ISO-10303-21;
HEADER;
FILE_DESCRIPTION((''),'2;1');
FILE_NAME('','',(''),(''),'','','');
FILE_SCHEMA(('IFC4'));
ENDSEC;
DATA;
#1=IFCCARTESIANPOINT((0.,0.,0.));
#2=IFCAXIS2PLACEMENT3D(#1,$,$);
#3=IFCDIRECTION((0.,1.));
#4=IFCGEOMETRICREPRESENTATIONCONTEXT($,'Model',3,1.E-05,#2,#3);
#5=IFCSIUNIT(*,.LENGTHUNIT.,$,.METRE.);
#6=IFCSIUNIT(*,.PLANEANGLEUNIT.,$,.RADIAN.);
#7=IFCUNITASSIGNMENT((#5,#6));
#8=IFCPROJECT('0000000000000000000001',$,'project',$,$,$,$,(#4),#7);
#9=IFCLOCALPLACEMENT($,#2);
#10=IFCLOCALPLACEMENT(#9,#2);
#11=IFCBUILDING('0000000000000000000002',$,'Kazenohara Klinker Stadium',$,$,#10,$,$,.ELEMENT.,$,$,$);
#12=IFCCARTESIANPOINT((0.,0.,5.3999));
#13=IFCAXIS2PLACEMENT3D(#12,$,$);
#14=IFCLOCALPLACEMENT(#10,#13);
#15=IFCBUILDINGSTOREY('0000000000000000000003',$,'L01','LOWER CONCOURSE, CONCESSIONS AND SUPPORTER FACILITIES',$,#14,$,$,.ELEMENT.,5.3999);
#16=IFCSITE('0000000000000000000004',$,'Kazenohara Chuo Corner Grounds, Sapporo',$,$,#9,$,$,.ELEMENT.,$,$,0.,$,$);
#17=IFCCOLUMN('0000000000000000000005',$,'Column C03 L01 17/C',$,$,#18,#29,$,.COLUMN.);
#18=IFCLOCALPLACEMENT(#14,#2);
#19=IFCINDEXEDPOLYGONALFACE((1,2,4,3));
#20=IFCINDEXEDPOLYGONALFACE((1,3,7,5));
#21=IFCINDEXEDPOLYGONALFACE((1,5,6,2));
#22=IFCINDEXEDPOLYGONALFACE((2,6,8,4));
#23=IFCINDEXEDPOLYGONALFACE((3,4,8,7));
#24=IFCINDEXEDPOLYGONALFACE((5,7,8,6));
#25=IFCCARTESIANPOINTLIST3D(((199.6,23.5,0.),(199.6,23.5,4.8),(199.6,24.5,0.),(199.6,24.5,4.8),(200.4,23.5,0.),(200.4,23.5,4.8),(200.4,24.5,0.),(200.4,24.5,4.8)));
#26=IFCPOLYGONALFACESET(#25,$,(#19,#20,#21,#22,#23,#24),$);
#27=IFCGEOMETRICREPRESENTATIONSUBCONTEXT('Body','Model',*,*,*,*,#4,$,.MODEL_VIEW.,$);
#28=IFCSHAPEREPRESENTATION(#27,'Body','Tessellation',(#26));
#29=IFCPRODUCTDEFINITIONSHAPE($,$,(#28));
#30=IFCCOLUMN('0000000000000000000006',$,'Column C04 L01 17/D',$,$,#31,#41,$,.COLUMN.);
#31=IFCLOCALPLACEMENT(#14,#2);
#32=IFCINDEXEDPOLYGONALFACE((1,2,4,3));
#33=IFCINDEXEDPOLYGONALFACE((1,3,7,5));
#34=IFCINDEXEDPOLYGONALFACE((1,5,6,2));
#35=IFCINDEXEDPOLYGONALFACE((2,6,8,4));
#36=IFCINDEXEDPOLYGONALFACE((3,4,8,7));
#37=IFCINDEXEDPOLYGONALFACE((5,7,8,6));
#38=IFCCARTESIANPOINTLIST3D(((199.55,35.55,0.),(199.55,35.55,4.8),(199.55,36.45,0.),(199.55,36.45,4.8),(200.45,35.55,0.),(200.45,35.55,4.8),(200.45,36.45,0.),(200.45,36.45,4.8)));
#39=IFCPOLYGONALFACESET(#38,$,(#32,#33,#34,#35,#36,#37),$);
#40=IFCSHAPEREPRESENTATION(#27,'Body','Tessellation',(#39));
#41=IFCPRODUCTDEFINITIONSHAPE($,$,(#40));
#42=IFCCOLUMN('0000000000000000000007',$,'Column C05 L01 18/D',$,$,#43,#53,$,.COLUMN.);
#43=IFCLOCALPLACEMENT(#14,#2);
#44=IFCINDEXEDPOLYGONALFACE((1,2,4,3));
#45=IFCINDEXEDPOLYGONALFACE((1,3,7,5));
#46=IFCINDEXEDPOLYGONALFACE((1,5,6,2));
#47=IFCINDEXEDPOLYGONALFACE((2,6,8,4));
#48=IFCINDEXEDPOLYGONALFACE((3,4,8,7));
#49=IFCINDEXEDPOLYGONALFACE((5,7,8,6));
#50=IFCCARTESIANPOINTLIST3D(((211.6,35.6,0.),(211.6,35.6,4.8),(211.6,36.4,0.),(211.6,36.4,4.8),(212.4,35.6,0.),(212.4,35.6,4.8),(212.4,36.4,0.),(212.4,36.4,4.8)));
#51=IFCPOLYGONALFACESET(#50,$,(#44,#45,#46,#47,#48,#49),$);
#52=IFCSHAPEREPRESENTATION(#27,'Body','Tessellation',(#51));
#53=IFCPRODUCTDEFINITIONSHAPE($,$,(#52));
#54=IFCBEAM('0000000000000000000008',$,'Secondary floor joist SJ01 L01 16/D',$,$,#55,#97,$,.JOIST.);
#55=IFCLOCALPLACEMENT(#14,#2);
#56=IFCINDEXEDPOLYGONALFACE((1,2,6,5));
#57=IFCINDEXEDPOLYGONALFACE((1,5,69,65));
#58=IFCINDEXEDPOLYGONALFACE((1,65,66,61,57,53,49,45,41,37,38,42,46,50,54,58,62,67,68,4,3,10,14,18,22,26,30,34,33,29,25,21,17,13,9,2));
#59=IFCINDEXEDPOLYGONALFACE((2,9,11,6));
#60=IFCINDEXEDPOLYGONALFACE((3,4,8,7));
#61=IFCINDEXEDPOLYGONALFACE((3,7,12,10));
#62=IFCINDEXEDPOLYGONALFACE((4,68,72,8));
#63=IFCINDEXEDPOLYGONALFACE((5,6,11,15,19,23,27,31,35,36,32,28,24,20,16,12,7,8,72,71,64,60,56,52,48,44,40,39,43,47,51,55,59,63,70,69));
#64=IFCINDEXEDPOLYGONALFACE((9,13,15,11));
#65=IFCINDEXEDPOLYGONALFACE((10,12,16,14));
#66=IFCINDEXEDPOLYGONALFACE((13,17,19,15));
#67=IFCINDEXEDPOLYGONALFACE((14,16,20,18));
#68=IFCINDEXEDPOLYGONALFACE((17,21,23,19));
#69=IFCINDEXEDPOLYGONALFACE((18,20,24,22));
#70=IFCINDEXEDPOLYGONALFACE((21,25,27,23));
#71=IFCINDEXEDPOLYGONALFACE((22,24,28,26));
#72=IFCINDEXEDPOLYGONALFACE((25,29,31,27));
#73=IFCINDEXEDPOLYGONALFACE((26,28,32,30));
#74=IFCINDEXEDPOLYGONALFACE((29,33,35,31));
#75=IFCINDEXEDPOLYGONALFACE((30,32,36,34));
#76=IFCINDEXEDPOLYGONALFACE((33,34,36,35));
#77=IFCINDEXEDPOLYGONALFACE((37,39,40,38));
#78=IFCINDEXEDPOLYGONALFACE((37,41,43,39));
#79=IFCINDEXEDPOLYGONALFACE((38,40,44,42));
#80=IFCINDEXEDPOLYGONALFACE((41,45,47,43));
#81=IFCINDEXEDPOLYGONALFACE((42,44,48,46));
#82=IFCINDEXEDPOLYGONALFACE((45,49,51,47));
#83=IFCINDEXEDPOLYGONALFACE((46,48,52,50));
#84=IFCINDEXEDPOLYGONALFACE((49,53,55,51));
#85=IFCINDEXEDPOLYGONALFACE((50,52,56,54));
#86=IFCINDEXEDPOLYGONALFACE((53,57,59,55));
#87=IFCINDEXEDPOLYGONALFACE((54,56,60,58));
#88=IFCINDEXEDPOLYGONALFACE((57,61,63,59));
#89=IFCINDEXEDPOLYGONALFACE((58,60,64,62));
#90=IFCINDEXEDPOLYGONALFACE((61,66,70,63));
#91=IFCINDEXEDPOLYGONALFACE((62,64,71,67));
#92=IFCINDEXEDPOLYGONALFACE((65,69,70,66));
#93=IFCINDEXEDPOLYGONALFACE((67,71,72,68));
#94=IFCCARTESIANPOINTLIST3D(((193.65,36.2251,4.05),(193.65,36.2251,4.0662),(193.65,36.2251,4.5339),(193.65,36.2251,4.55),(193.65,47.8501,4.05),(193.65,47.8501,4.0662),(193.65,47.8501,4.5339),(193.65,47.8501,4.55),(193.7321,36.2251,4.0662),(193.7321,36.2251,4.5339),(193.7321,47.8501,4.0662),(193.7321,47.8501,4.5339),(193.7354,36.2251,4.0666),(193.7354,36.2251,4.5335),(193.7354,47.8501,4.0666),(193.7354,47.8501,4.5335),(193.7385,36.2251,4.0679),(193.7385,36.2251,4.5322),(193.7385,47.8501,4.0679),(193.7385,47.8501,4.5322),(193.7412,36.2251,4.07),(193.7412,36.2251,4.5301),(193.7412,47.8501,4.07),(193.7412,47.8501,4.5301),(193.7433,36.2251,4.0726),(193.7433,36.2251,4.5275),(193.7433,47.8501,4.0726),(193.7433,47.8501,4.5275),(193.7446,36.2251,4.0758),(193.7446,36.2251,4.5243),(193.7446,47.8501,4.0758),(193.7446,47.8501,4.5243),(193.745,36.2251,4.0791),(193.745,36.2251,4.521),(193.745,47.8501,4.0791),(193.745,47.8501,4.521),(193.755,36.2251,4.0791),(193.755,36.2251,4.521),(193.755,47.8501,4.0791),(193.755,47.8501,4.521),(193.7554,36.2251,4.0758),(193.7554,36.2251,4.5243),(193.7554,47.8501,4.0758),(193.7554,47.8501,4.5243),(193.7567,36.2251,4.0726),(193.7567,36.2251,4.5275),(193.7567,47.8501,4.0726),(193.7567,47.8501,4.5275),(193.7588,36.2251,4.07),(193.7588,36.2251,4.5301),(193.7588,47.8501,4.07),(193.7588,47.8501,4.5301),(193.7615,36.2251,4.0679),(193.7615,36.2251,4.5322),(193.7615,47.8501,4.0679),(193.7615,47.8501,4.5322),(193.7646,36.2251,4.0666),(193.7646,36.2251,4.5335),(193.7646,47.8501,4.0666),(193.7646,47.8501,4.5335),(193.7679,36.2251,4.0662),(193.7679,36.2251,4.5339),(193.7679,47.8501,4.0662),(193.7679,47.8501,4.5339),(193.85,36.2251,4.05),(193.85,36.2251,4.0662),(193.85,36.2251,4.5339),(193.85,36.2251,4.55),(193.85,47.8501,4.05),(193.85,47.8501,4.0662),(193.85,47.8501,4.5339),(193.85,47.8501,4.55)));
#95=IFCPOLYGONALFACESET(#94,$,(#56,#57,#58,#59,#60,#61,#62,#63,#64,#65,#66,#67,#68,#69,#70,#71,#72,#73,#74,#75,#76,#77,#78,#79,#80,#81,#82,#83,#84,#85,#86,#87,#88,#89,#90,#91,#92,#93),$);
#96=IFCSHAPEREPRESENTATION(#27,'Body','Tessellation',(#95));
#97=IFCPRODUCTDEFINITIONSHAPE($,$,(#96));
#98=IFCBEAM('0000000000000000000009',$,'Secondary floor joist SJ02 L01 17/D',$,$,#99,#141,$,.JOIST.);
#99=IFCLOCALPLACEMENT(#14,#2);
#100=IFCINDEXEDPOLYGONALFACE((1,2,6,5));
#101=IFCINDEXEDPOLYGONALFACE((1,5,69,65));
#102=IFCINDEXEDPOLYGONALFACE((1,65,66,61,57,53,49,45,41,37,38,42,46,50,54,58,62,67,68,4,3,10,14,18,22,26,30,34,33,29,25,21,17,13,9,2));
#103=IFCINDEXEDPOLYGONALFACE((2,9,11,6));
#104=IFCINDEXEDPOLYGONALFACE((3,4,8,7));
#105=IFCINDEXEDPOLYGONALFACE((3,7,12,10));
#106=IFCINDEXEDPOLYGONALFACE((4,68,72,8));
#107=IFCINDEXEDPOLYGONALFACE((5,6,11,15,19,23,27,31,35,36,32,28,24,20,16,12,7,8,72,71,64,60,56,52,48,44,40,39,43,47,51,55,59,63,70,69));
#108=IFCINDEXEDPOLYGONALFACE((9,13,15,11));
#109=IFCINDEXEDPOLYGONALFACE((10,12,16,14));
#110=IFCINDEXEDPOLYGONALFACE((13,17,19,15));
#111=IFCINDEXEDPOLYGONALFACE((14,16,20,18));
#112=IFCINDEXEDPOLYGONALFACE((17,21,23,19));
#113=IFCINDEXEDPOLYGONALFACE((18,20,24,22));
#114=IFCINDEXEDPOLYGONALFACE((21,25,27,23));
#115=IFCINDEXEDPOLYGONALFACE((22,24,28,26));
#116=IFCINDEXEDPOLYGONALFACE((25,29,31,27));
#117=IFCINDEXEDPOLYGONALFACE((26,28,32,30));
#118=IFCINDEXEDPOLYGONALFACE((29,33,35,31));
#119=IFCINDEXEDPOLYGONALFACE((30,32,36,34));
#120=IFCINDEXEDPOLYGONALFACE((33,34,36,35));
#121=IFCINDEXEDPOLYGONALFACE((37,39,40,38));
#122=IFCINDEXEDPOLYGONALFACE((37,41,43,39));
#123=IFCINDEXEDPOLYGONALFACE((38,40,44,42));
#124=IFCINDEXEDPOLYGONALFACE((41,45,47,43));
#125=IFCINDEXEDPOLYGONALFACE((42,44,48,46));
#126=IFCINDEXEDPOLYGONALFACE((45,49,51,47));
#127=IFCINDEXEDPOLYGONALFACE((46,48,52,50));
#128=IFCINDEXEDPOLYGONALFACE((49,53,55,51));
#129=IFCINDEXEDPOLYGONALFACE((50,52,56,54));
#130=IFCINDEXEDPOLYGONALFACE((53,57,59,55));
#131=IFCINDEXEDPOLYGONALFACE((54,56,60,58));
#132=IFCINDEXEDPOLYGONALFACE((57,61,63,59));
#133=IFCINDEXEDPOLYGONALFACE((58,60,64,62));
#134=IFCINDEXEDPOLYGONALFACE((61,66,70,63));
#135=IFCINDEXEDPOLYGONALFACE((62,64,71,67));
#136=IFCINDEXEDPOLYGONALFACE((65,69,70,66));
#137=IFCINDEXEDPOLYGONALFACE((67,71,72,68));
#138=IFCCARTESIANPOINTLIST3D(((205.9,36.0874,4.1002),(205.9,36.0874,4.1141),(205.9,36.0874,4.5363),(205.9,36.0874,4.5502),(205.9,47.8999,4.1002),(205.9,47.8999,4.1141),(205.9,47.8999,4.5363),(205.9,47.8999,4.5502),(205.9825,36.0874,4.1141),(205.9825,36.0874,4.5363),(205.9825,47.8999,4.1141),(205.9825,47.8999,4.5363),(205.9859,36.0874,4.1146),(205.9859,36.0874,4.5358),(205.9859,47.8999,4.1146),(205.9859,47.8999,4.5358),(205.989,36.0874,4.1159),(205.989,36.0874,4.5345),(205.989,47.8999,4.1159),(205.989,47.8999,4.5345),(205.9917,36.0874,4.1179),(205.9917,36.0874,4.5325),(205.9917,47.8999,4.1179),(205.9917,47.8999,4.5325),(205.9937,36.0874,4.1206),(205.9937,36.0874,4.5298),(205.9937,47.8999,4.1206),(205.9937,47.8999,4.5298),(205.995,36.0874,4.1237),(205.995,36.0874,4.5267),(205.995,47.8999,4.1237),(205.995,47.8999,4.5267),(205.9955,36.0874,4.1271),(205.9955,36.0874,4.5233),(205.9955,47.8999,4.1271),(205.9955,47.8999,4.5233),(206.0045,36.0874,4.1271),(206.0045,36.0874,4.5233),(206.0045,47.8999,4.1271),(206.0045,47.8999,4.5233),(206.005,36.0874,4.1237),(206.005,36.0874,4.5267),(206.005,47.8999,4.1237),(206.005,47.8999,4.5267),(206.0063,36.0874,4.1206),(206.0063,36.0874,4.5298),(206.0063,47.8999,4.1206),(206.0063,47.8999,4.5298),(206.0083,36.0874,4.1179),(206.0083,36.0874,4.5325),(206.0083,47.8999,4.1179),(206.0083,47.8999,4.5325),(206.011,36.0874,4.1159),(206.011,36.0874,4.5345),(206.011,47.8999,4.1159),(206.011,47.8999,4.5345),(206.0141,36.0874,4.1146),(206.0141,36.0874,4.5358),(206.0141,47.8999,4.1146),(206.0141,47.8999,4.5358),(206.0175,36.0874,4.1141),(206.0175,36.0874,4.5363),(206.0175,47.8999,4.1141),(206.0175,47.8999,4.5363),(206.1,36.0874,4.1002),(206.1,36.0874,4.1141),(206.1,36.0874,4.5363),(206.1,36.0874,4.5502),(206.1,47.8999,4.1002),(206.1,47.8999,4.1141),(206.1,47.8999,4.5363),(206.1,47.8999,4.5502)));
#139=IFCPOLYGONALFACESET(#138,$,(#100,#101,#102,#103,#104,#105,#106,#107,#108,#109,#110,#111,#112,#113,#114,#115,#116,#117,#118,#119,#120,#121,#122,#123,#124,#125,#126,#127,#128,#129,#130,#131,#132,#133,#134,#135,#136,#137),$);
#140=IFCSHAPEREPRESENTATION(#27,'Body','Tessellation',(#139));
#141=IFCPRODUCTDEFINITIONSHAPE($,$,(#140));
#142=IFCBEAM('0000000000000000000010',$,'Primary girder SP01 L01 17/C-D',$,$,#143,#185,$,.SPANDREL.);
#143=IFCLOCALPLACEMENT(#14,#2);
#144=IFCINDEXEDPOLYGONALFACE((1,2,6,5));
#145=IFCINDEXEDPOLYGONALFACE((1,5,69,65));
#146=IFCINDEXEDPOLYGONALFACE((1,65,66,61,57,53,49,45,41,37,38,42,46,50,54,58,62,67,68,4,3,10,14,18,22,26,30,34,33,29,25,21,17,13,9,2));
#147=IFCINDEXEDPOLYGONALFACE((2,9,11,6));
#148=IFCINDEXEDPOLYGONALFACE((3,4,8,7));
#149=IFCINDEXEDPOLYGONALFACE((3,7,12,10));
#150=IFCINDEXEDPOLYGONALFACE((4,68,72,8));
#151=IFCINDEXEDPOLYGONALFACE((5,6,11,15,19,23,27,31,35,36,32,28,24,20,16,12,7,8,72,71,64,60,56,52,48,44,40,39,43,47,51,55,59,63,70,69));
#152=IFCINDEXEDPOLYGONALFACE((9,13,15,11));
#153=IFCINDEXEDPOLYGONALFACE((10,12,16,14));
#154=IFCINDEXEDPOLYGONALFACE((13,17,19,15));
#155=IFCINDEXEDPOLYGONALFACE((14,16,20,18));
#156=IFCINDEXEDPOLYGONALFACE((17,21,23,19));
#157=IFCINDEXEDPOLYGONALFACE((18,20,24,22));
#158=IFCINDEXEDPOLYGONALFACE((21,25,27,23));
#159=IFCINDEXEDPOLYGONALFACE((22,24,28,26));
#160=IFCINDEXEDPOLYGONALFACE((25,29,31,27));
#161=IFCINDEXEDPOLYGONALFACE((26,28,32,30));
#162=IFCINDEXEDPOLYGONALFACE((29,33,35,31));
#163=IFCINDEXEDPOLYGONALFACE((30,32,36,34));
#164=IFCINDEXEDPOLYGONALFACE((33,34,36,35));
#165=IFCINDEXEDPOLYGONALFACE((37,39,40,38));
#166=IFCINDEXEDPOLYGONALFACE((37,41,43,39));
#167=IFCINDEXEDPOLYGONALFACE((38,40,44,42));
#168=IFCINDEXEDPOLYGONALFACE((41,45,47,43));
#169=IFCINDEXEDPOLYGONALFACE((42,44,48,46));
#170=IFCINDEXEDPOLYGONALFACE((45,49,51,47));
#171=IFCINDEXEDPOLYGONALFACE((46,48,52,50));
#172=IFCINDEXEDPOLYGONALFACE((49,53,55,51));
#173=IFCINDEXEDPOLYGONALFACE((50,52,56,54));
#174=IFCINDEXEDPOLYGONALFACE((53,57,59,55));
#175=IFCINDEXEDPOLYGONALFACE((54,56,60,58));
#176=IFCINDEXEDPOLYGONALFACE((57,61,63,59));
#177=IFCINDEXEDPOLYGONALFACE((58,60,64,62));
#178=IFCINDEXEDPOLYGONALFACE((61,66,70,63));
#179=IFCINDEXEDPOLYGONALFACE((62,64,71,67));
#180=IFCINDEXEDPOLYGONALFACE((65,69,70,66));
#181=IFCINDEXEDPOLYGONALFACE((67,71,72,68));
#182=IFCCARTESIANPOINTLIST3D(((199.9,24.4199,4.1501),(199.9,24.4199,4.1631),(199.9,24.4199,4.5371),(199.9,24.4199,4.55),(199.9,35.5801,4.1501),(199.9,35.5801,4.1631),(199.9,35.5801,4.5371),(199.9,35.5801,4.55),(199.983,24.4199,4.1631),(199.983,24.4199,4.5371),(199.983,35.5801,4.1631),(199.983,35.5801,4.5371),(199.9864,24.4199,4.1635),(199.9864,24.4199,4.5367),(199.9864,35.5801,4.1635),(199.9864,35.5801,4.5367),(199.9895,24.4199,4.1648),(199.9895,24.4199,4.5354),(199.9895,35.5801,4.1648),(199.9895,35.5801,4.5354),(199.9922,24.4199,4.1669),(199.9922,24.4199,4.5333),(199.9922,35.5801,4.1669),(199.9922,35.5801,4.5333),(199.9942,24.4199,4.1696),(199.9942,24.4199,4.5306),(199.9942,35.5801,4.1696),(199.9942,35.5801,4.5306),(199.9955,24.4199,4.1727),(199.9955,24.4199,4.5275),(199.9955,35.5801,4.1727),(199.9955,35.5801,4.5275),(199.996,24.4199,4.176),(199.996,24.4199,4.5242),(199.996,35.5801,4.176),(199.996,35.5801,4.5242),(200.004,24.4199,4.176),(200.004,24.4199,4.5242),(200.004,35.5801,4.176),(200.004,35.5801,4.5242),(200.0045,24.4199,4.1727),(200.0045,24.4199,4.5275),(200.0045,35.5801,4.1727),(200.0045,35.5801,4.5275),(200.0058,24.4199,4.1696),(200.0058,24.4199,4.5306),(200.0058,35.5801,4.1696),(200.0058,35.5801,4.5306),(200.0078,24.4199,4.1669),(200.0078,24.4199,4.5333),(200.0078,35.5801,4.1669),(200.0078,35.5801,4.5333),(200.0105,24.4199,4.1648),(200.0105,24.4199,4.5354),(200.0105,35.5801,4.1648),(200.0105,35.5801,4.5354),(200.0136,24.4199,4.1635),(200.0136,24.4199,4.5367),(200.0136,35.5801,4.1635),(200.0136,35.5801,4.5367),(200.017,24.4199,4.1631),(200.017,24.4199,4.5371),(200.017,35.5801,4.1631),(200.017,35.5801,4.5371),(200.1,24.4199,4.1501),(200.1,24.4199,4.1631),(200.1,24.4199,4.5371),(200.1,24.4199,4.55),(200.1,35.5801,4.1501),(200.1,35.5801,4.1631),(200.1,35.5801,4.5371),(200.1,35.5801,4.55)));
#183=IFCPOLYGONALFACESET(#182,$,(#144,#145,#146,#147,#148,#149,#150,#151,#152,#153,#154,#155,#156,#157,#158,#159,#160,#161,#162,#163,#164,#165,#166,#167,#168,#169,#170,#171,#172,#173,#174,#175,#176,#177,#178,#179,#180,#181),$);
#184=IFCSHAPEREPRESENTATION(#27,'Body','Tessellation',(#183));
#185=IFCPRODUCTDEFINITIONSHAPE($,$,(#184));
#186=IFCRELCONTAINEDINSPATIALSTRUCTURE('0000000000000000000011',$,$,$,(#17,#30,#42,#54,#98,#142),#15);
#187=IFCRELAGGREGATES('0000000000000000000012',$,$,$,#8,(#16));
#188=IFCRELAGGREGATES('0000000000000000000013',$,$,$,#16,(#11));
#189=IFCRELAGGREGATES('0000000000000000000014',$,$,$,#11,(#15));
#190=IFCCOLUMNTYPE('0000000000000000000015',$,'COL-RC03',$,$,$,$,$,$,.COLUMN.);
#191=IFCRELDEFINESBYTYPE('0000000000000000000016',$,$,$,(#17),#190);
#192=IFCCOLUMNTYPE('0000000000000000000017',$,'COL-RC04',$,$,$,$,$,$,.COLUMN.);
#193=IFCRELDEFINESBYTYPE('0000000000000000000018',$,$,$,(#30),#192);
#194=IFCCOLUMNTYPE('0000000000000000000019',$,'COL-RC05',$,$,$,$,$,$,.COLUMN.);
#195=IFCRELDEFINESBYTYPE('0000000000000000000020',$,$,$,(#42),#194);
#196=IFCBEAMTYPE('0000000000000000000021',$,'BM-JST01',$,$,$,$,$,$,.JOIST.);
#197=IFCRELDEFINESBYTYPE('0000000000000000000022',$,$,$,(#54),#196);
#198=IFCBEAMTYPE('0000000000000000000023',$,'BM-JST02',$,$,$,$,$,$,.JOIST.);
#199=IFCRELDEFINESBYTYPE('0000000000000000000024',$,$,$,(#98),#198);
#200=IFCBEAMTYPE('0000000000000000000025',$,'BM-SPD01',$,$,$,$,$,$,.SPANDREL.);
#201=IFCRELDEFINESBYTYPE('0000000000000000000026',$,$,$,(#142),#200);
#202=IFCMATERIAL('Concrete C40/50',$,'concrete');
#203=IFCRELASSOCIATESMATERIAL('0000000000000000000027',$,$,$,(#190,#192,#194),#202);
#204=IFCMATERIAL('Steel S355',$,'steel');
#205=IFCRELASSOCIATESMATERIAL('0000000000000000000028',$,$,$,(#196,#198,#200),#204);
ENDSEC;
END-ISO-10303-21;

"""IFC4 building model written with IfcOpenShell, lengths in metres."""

from ifc_helpers import new_model, si_unit, direction, frame, origin, origin_2d, place, context, subcontext, project, spatial, rectangle, i_section, extrude, material, material_profile, profile_set, type_object, element, save


model = new_model("IFC4")

# Units and contexts
model_context = context("Model", 3, precision=1e-05, world=origin(), true_north=direction((0.0, 1.0)))
body_context = subcontext(model_context, "Body", "Model", "MODEL_VIEW")
ifc_project = project(units=[si_unit("LENGTHUNIT", "METRE"), si_unit("PLANEANGLEUNIT", "RADIAN")], contexts=[model_context])

# Site, building, storey
site_placement = place(None, origin())
site = spatial("IfcSite", under=ifc_project, at=site_placement, Name="Kazenohara Chuo Corner Grounds, Sapporo", CompositionType="ELEMENT", RefElevation=0.0)
building_placement = place(site_placement, origin())
building = spatial("IfcBuilding", under=site, at=building_placement, Name="Kazenohara Klinker Stadium", CompositionType="ELEMENT")
storey_placement = place(building_placement, frame((0.0, 0.0, 5.3999)))
storey = spatial("IfcBuildingStorey", under=building, at=storey_placement, Name="L01", Description="LOWER CONCOURSE, CONCESSIONS AND SUPPORTER FACILITIES", CompositionType="ELEMENT", Elevation=5.3999)

# Columns
ifc_material_1 = material(Name="Concrete C40/50", Category="concrete")
ifc_material_profile_1 = material_profile(ifc_material_1, rectangle(XDim=0.8, YDim=1.0, at=origin_2d()), Name="RC-COL-1000x800")
ifc_profile_set_1 = profile_set([ifc_material_profile_1], Name="Concrete C40/50")
column_type_1 = type_object("IfcColumnType", Name="COL-RC03", PredefinedType="COLUMN", material=ifc_profile_set_1)
column_1_placement = place(storey_placement, frame((200.0, 24.0, 0.0), z_axis=(0.0, 0.0, 1.0), x_axis=(1.0, 0.0, 0.0)))
element("IfcColumn", 1, at=column_1_placement, inside=storey, type_object=column_type_1, Name="Column C03 L01 17/C", PredefinedType="COLUMN", context=body_context, shape_type="SweptSolid", body=[
    extrude(rectangle(XDim=0.8, YDim=1.0, at=origin_2d()), origin(), (0.0, 0.0, 1.0), 4.8),
])
ifc_material_profile_2 = material_profile(ifc_material_1, rectangle(XDim=0.8999, YDim=0.8999, at=origin_2d()), Name="RC-COL-900x900")
ifc_profile_set_2 = profile_set([ifc_material_profile_2], Name="Concrete C40/50")
column_type_2 = type_object("IfcColumnType", Name="COL-RC04", PredefinedType="COLUMN", material=ifc_profile_set_2)
column_2_placement = place(storey_placement, frame((200.0, 36.0, 0.0), z_axis=(0.0, 0.0, 1.0), x_axis=(1.0, 0.0, 0.0)))
element("IfcColumn", 2, at=column_2_placement, inside=storey, type_object=column_type_2, Name="Column C04 L01 17/D", PredefinedType="COLUMN", context=body_context, shape_type="SweptSolid", body=[
    extrude(rectangle(XDim=0.8999, YDim=0.8999, at=origin_2d()), origin(), (0.0, 0.0, 1.0), 4.8),
])
ifc_material_profile_3 = material_profile(ifc_material_1, rectangle(XDim=0.8, YDim=0.8, at=origin_2d()), Name="RC-COL-800x800")
ifc_profile_set_3 = profile_set([ifc_material_profile_3], Name="Concrete C40/50")
column_type_3 = type_object("IfcColumnType", Name="COL-RC05", PredefinedType="COLUMN", material=ifc_profile_set_3)
column_3_placement = place(storey_placement, frame((212.0, 36.0, 0.0), z_axis=(0.0, 0.0, 1.0), x_axis=(1.0, 0.0, 0.0)))
element("IfcColumn", 3, at=column_3_placement, inside=storey, type_object=column_type_3, Name="Column C05 L01 18/D", PredefinedType="COLUMN", context=body_context, shape_type="SweptSolid", body=[
    extrude(rectangle(XDim=0.8, YDim=0.8, at=origin_2d()), origin(), (0.0, 0.0, 1.0), 4.8),
])

# Beams
ifc_material_2 = material(Name="Steel S355", Category="steel")
ifc_material_profile_4 = material_profile(ifc_material_2, i_section(OverallWidth=0.2, OverallDepth=0.5, WebThickness=0.01, FlangeThickness=0.0161, FilletRadius=0.0129, at=origin_2d()), Name="H-500x200x10x16")
ifc_profile_set_4 = profile_set([ifc_material_profile_4], Name="Steel S355")
beam_type_1 = type_object("IfcBeamType", Name="BM-JST01", PredefinedType="JOIST", material=ifc_profile_set_4)
beam_1_placement = place(storey_placement, frame((193.75, 36.2251, 4.3), z_axis=(0.0, 1.0, 0.0), x_axis=(-1.0, 0.0, 0.0)))
element("IfcBeam", 4, at=beam_1_placement, inside=storey, type_object=beam_type_1, Name="Secondary floor joist SJ01 L01 16/D", PredefinedType="JOIST", context=body_context, shape_type="SweptSolid", body=[
    extrude(i_section(OverallWidth=0.2, OverallDepth=0.5, WebThickness=0.01, FlangeThickness=0.0161, FilletRadius=0.0129, at=origin_2d()), origin(), (0.0, 0.0, 1.0), 11.625),
])
ifc_material_profile_5 = material_profile(ifc_material_2, i_section(OverallWidth=0.2, OverallDepth=0.45, WebThickness=0.009, FlangeThickness=0.0139, FilletRadius=0.0129, at=origin_2d()), Name="H-450x200x9x14")
ifc_profile_set_5 = profile_set([ifc_material_profile_5], Name="Steel S355")
beam_type_2 = type_object("IfcBeamType", Name="BM-JST02", PredefinedType="JOIST", material=ifc_profile_set_5)
beam_2_placement = place(storey_placement, frame((206.0, 36.0874, 4.3252), z_axis=(0.0, 1.0, 0.0), x_axis=(-1.0, 0.0, 0.0)))
element("IfcBeam", 5, at=beam_2_placement, inside=storey, type_object=beam_type_2, Name="Secondary floor joist SJ02 L01 17/D", PredefinedType="JOIST", context=body_context, shape_type="SweptSolid", body=[
    extrude(i_section(OverallWidth=0.2, OverallDepth=0.45, WebThickness=0.009, FlangeThickness=0.0139, FilletRadius=0.0129, at=origin_2d()), origin(), (0.0, 0.0, 1.0), 11.8125),
])
ifc_material_profile_6 = material_profile(ifc_material_2, i_section(OverallWidth=0.2, OverallDepth=0.3999, WebThickness=0.0081, FlangeThickness=0.0129, FilletRadius=0.0129, at=origin_2d()), Name="H-400x200x8x13")
ifc_profile_set_6 = profile_set([ifc_material_profile_6], Name="Steel S355")
beam_type_3 = type_object("IfcBeamType", Name="BM-SPD01", PredefinedType="SPANDREL", material=ifc_profile_set_6)
beam_3_placement = place(storey_placement, frame((200.0, 24.4199, 4.3501), z_axis=(0.0, 1.0, 0.0), x_axis=(-1.0, 0.0, 0.0)))
element("IfcBeam", 6, at=beam_3_placement, inside=storey, type_object=beam_type_3, Name="Primary girder SP01 L01 17/C-D", PredefinedType="SPANDREL", context=body_context, shape_type="SweptSolid", body=[
    extrude(i_section(OverallWidth=0.2, OverallDepth=0.3999, WebThickness=0.0081, FlangeThickness=0.0129, FilletRadius=0.0129, at=origin_2d()), origin(), (0.0, 0.0, 1.0), 11.1602),
])

save(model, "model.ifc")
